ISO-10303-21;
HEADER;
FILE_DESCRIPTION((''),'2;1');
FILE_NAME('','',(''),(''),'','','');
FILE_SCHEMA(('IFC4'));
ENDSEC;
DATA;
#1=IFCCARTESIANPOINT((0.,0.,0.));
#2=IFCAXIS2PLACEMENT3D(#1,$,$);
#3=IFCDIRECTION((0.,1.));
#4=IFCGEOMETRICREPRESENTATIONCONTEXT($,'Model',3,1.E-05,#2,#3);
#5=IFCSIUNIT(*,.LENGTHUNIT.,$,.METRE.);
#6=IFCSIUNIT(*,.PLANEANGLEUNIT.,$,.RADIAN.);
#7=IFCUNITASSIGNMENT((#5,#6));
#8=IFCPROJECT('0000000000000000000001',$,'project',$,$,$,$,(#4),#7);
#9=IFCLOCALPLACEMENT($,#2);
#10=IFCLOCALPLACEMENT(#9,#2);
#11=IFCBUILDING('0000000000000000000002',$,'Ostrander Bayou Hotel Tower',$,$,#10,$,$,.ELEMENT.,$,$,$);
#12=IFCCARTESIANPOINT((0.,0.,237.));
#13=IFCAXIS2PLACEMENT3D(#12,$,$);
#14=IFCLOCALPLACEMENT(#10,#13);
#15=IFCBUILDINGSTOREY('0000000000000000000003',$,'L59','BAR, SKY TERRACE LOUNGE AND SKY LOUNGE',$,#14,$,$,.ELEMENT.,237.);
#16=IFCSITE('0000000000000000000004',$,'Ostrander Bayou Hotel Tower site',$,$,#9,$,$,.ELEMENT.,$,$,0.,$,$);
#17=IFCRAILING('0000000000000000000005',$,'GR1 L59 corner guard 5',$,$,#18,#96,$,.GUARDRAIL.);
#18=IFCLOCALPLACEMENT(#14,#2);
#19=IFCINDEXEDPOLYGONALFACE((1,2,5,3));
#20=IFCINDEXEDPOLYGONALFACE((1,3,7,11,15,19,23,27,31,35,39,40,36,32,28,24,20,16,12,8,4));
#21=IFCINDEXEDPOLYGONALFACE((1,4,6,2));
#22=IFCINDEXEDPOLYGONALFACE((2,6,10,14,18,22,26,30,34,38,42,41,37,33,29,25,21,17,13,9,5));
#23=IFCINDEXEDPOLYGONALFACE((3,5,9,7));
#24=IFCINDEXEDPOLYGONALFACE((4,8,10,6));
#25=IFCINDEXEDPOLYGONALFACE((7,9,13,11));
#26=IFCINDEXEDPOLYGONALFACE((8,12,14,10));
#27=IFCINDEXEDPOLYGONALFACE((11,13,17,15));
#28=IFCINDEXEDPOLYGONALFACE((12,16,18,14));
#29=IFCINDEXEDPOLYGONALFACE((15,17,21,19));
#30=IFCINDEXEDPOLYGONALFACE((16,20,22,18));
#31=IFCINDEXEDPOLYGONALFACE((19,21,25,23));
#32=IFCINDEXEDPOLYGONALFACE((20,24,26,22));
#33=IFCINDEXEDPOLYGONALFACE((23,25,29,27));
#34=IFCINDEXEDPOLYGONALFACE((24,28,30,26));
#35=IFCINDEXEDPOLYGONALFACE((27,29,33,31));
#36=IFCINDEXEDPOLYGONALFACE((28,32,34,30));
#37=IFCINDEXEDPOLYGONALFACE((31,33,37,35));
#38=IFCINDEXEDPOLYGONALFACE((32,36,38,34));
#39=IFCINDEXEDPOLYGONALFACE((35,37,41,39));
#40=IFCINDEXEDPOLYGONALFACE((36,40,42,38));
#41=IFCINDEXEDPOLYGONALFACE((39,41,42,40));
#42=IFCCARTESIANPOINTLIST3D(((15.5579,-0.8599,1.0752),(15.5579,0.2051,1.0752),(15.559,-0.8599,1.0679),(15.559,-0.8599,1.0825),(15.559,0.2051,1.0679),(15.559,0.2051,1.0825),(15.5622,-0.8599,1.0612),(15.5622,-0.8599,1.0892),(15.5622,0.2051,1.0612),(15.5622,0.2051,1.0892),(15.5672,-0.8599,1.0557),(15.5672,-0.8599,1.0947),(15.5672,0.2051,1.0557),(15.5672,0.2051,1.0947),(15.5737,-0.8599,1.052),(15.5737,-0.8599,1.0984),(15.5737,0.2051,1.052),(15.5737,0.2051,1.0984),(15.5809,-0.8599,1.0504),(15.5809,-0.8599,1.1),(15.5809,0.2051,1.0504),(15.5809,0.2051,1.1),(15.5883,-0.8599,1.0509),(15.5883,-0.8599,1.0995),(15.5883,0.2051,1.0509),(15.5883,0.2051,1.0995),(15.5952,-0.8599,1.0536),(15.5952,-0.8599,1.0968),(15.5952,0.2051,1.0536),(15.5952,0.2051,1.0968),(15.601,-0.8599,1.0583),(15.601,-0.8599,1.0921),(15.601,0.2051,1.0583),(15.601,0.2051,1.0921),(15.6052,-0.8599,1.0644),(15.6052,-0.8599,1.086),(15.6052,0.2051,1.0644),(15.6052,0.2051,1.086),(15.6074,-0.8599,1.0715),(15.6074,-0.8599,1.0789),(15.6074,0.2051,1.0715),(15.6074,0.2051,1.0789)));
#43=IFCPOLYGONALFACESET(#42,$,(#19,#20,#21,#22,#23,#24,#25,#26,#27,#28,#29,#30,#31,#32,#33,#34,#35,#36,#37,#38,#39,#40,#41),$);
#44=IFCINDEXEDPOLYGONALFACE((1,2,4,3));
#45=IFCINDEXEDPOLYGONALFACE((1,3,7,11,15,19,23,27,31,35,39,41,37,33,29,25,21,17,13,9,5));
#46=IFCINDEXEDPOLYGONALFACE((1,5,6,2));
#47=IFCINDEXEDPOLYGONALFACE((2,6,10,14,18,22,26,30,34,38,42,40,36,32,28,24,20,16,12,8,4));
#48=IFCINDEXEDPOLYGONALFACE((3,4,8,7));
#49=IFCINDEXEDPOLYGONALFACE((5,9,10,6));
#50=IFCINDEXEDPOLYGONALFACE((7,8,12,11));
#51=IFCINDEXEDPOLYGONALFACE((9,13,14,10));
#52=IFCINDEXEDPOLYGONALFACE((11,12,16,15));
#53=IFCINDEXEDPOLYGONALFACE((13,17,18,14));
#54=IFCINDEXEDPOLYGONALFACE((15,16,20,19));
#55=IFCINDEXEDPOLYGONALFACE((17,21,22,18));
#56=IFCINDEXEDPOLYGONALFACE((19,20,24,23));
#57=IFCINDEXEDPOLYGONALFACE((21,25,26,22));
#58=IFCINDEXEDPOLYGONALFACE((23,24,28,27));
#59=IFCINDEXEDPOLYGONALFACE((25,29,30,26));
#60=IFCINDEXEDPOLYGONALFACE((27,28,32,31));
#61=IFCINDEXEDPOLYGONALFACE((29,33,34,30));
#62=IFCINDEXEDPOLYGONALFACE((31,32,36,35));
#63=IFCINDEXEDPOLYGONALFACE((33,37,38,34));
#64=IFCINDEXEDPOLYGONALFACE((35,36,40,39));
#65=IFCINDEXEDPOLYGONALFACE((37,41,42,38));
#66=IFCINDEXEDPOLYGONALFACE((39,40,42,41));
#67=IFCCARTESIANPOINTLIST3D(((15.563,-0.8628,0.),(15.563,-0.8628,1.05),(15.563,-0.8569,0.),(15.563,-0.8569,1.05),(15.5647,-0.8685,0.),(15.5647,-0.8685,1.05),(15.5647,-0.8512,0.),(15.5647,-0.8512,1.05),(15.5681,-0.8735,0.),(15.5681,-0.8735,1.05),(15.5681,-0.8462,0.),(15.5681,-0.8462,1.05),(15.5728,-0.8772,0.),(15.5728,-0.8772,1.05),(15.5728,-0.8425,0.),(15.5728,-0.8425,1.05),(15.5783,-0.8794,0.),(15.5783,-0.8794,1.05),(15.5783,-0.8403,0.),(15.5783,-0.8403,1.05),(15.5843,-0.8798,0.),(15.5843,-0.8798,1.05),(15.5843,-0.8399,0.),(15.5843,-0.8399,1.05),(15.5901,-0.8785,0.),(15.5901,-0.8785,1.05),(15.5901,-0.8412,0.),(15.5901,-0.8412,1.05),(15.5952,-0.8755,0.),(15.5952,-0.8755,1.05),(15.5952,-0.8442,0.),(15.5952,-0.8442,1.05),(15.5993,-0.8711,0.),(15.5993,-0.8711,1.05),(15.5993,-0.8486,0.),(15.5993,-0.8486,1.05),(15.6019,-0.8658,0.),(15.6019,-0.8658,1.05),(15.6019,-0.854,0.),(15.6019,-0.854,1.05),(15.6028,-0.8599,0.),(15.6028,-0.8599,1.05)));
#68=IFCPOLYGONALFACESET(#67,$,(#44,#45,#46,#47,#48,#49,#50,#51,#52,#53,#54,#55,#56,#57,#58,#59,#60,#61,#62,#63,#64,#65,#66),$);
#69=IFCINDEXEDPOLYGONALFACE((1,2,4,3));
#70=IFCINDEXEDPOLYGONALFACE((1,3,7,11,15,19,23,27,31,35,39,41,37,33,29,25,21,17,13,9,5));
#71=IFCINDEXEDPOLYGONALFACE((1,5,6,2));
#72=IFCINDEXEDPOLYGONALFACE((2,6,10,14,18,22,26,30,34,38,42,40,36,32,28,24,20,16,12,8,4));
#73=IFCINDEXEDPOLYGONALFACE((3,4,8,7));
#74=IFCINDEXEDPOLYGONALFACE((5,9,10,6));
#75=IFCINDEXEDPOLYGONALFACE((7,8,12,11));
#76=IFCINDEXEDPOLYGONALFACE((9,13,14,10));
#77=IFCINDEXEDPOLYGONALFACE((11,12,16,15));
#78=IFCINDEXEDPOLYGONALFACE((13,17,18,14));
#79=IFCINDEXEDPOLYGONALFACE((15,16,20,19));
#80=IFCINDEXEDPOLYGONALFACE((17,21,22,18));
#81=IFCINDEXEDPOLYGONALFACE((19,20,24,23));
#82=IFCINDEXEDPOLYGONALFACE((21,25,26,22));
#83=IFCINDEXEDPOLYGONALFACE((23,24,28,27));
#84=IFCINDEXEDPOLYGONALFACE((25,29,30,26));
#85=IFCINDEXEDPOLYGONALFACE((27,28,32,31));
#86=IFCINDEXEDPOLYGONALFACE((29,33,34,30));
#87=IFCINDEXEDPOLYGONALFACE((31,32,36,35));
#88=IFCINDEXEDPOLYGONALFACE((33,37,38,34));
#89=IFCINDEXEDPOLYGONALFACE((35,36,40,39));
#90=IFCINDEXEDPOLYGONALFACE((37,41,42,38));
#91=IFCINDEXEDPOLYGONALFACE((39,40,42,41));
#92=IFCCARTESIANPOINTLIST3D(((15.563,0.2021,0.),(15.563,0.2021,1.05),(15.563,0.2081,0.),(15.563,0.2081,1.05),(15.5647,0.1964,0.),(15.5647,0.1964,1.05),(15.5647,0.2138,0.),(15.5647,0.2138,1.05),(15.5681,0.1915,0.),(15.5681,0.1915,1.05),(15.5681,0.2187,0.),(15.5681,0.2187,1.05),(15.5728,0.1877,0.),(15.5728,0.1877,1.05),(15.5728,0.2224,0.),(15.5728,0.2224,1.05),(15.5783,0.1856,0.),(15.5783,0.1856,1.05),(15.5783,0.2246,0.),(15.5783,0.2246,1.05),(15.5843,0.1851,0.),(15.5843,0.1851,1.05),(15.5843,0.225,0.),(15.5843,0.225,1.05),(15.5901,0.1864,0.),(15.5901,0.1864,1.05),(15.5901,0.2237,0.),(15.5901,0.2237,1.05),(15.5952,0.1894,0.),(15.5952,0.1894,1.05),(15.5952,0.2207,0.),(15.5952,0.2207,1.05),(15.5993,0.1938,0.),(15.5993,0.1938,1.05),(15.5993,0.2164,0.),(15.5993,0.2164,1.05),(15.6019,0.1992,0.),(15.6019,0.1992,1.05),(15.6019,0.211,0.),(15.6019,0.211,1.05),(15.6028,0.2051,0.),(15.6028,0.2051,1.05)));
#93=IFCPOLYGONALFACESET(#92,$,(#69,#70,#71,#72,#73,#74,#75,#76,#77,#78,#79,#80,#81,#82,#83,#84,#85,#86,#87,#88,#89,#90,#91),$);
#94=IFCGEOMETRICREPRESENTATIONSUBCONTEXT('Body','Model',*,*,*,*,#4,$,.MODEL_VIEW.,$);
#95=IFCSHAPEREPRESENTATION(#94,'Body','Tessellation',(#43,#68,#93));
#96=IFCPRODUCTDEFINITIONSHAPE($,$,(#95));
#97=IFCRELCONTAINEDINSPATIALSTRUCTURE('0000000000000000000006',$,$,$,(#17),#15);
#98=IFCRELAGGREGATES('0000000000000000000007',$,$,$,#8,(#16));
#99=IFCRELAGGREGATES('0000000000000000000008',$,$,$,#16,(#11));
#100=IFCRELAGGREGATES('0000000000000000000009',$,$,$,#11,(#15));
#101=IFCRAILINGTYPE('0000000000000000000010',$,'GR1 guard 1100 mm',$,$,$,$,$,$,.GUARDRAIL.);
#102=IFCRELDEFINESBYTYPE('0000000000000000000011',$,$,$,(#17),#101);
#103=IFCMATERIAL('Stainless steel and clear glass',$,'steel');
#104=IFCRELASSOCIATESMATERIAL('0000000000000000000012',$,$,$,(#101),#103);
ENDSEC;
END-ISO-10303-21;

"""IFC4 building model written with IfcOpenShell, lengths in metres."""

from ifc_helpers import new_model, si_unit, direction, frame, origin, origin_2d, place, context, subcontext, project, spatial, circle, extrude, material, type_object, element, save


model = new_model("IFC4")

# Units and contexts
model_context = context("Model", 3, precision=1e-05, world=origin(), true_north=direction((0.0, 1.0)))
body_context = subcontext(model_context, "Body", "Model", "MODEL_VIEW")
ifc_project = project(units=[si_unit("LENGTHUNIT", "METRE"), si_unit("PLANEANGLEUNIT", "RADIAN")], contexts=[model_context])

# Site, building, storey
site_placement = place(None, origin())
site = spatial("IfcSite", under=ifc_project, at=site_placement, Name="Ostrander Bayou Hotel Tower site", CompositionType="ELEMENT", RefElevation=0.0)
building_placement = place(site_placement, origin())
building = spatial("IfcBuilding", under=site, at=building_placement, Name="Ostrander Bayou Hotel Tower", CompositionType="ELEMENT")
storey_placement = place(building_placement, frame((0.0, 0.0, 237.0)))
storey = spatial("IfcBuildingStorey", under=building, at=storey_placement, Name="L59", Description="BAR, SKY TERRACE LOUNGE AND SKY LOUNGE", CompositionType="ELEMENT", Elevation=237.0)

# Railing
ifc_material_1 = material(Name="Stainless steel and clear glass", Category="steel")
railing_type_1 = type_object("IfcRailingType", Name="GR1 guard 1100 mm", PredefinedType="GUARDRAIL", material=ifc_material_1)
railing_1_placement = place(storey_placement, frame((15.5828, -0.8599, 0.0)))
element("IfcRailing", 1, at=railing_1_placement, inside=storey, type_object=railing_type_1, Name="GR1 L59 corner guard 5", PredefinedType="GUARDRAIL", context=body_context, shape_type="SweptSolid", body=[
    extrude(circle(Radius=0.0249, at=origin_2d()), frame((0.0, 0.0, 1.0752), z_axis=(0.0, 1.0, 0.0), x_axis=(-1.0, 0.0, 0.0)), (0.0, 0.0, 1.0), 1.0649),
    extrude(circle(Radius=0.02, at=origin_2d()), origin(), (0.0, 0.0, 1.0), 1.05),
    extrude(circle(Radius=0.02, at=origin_2d()), frame((0.0, 1.0649, 0.0)), (0.0, 0.0, 1.0), 1.05),
])

save(model, "model.ifc")
